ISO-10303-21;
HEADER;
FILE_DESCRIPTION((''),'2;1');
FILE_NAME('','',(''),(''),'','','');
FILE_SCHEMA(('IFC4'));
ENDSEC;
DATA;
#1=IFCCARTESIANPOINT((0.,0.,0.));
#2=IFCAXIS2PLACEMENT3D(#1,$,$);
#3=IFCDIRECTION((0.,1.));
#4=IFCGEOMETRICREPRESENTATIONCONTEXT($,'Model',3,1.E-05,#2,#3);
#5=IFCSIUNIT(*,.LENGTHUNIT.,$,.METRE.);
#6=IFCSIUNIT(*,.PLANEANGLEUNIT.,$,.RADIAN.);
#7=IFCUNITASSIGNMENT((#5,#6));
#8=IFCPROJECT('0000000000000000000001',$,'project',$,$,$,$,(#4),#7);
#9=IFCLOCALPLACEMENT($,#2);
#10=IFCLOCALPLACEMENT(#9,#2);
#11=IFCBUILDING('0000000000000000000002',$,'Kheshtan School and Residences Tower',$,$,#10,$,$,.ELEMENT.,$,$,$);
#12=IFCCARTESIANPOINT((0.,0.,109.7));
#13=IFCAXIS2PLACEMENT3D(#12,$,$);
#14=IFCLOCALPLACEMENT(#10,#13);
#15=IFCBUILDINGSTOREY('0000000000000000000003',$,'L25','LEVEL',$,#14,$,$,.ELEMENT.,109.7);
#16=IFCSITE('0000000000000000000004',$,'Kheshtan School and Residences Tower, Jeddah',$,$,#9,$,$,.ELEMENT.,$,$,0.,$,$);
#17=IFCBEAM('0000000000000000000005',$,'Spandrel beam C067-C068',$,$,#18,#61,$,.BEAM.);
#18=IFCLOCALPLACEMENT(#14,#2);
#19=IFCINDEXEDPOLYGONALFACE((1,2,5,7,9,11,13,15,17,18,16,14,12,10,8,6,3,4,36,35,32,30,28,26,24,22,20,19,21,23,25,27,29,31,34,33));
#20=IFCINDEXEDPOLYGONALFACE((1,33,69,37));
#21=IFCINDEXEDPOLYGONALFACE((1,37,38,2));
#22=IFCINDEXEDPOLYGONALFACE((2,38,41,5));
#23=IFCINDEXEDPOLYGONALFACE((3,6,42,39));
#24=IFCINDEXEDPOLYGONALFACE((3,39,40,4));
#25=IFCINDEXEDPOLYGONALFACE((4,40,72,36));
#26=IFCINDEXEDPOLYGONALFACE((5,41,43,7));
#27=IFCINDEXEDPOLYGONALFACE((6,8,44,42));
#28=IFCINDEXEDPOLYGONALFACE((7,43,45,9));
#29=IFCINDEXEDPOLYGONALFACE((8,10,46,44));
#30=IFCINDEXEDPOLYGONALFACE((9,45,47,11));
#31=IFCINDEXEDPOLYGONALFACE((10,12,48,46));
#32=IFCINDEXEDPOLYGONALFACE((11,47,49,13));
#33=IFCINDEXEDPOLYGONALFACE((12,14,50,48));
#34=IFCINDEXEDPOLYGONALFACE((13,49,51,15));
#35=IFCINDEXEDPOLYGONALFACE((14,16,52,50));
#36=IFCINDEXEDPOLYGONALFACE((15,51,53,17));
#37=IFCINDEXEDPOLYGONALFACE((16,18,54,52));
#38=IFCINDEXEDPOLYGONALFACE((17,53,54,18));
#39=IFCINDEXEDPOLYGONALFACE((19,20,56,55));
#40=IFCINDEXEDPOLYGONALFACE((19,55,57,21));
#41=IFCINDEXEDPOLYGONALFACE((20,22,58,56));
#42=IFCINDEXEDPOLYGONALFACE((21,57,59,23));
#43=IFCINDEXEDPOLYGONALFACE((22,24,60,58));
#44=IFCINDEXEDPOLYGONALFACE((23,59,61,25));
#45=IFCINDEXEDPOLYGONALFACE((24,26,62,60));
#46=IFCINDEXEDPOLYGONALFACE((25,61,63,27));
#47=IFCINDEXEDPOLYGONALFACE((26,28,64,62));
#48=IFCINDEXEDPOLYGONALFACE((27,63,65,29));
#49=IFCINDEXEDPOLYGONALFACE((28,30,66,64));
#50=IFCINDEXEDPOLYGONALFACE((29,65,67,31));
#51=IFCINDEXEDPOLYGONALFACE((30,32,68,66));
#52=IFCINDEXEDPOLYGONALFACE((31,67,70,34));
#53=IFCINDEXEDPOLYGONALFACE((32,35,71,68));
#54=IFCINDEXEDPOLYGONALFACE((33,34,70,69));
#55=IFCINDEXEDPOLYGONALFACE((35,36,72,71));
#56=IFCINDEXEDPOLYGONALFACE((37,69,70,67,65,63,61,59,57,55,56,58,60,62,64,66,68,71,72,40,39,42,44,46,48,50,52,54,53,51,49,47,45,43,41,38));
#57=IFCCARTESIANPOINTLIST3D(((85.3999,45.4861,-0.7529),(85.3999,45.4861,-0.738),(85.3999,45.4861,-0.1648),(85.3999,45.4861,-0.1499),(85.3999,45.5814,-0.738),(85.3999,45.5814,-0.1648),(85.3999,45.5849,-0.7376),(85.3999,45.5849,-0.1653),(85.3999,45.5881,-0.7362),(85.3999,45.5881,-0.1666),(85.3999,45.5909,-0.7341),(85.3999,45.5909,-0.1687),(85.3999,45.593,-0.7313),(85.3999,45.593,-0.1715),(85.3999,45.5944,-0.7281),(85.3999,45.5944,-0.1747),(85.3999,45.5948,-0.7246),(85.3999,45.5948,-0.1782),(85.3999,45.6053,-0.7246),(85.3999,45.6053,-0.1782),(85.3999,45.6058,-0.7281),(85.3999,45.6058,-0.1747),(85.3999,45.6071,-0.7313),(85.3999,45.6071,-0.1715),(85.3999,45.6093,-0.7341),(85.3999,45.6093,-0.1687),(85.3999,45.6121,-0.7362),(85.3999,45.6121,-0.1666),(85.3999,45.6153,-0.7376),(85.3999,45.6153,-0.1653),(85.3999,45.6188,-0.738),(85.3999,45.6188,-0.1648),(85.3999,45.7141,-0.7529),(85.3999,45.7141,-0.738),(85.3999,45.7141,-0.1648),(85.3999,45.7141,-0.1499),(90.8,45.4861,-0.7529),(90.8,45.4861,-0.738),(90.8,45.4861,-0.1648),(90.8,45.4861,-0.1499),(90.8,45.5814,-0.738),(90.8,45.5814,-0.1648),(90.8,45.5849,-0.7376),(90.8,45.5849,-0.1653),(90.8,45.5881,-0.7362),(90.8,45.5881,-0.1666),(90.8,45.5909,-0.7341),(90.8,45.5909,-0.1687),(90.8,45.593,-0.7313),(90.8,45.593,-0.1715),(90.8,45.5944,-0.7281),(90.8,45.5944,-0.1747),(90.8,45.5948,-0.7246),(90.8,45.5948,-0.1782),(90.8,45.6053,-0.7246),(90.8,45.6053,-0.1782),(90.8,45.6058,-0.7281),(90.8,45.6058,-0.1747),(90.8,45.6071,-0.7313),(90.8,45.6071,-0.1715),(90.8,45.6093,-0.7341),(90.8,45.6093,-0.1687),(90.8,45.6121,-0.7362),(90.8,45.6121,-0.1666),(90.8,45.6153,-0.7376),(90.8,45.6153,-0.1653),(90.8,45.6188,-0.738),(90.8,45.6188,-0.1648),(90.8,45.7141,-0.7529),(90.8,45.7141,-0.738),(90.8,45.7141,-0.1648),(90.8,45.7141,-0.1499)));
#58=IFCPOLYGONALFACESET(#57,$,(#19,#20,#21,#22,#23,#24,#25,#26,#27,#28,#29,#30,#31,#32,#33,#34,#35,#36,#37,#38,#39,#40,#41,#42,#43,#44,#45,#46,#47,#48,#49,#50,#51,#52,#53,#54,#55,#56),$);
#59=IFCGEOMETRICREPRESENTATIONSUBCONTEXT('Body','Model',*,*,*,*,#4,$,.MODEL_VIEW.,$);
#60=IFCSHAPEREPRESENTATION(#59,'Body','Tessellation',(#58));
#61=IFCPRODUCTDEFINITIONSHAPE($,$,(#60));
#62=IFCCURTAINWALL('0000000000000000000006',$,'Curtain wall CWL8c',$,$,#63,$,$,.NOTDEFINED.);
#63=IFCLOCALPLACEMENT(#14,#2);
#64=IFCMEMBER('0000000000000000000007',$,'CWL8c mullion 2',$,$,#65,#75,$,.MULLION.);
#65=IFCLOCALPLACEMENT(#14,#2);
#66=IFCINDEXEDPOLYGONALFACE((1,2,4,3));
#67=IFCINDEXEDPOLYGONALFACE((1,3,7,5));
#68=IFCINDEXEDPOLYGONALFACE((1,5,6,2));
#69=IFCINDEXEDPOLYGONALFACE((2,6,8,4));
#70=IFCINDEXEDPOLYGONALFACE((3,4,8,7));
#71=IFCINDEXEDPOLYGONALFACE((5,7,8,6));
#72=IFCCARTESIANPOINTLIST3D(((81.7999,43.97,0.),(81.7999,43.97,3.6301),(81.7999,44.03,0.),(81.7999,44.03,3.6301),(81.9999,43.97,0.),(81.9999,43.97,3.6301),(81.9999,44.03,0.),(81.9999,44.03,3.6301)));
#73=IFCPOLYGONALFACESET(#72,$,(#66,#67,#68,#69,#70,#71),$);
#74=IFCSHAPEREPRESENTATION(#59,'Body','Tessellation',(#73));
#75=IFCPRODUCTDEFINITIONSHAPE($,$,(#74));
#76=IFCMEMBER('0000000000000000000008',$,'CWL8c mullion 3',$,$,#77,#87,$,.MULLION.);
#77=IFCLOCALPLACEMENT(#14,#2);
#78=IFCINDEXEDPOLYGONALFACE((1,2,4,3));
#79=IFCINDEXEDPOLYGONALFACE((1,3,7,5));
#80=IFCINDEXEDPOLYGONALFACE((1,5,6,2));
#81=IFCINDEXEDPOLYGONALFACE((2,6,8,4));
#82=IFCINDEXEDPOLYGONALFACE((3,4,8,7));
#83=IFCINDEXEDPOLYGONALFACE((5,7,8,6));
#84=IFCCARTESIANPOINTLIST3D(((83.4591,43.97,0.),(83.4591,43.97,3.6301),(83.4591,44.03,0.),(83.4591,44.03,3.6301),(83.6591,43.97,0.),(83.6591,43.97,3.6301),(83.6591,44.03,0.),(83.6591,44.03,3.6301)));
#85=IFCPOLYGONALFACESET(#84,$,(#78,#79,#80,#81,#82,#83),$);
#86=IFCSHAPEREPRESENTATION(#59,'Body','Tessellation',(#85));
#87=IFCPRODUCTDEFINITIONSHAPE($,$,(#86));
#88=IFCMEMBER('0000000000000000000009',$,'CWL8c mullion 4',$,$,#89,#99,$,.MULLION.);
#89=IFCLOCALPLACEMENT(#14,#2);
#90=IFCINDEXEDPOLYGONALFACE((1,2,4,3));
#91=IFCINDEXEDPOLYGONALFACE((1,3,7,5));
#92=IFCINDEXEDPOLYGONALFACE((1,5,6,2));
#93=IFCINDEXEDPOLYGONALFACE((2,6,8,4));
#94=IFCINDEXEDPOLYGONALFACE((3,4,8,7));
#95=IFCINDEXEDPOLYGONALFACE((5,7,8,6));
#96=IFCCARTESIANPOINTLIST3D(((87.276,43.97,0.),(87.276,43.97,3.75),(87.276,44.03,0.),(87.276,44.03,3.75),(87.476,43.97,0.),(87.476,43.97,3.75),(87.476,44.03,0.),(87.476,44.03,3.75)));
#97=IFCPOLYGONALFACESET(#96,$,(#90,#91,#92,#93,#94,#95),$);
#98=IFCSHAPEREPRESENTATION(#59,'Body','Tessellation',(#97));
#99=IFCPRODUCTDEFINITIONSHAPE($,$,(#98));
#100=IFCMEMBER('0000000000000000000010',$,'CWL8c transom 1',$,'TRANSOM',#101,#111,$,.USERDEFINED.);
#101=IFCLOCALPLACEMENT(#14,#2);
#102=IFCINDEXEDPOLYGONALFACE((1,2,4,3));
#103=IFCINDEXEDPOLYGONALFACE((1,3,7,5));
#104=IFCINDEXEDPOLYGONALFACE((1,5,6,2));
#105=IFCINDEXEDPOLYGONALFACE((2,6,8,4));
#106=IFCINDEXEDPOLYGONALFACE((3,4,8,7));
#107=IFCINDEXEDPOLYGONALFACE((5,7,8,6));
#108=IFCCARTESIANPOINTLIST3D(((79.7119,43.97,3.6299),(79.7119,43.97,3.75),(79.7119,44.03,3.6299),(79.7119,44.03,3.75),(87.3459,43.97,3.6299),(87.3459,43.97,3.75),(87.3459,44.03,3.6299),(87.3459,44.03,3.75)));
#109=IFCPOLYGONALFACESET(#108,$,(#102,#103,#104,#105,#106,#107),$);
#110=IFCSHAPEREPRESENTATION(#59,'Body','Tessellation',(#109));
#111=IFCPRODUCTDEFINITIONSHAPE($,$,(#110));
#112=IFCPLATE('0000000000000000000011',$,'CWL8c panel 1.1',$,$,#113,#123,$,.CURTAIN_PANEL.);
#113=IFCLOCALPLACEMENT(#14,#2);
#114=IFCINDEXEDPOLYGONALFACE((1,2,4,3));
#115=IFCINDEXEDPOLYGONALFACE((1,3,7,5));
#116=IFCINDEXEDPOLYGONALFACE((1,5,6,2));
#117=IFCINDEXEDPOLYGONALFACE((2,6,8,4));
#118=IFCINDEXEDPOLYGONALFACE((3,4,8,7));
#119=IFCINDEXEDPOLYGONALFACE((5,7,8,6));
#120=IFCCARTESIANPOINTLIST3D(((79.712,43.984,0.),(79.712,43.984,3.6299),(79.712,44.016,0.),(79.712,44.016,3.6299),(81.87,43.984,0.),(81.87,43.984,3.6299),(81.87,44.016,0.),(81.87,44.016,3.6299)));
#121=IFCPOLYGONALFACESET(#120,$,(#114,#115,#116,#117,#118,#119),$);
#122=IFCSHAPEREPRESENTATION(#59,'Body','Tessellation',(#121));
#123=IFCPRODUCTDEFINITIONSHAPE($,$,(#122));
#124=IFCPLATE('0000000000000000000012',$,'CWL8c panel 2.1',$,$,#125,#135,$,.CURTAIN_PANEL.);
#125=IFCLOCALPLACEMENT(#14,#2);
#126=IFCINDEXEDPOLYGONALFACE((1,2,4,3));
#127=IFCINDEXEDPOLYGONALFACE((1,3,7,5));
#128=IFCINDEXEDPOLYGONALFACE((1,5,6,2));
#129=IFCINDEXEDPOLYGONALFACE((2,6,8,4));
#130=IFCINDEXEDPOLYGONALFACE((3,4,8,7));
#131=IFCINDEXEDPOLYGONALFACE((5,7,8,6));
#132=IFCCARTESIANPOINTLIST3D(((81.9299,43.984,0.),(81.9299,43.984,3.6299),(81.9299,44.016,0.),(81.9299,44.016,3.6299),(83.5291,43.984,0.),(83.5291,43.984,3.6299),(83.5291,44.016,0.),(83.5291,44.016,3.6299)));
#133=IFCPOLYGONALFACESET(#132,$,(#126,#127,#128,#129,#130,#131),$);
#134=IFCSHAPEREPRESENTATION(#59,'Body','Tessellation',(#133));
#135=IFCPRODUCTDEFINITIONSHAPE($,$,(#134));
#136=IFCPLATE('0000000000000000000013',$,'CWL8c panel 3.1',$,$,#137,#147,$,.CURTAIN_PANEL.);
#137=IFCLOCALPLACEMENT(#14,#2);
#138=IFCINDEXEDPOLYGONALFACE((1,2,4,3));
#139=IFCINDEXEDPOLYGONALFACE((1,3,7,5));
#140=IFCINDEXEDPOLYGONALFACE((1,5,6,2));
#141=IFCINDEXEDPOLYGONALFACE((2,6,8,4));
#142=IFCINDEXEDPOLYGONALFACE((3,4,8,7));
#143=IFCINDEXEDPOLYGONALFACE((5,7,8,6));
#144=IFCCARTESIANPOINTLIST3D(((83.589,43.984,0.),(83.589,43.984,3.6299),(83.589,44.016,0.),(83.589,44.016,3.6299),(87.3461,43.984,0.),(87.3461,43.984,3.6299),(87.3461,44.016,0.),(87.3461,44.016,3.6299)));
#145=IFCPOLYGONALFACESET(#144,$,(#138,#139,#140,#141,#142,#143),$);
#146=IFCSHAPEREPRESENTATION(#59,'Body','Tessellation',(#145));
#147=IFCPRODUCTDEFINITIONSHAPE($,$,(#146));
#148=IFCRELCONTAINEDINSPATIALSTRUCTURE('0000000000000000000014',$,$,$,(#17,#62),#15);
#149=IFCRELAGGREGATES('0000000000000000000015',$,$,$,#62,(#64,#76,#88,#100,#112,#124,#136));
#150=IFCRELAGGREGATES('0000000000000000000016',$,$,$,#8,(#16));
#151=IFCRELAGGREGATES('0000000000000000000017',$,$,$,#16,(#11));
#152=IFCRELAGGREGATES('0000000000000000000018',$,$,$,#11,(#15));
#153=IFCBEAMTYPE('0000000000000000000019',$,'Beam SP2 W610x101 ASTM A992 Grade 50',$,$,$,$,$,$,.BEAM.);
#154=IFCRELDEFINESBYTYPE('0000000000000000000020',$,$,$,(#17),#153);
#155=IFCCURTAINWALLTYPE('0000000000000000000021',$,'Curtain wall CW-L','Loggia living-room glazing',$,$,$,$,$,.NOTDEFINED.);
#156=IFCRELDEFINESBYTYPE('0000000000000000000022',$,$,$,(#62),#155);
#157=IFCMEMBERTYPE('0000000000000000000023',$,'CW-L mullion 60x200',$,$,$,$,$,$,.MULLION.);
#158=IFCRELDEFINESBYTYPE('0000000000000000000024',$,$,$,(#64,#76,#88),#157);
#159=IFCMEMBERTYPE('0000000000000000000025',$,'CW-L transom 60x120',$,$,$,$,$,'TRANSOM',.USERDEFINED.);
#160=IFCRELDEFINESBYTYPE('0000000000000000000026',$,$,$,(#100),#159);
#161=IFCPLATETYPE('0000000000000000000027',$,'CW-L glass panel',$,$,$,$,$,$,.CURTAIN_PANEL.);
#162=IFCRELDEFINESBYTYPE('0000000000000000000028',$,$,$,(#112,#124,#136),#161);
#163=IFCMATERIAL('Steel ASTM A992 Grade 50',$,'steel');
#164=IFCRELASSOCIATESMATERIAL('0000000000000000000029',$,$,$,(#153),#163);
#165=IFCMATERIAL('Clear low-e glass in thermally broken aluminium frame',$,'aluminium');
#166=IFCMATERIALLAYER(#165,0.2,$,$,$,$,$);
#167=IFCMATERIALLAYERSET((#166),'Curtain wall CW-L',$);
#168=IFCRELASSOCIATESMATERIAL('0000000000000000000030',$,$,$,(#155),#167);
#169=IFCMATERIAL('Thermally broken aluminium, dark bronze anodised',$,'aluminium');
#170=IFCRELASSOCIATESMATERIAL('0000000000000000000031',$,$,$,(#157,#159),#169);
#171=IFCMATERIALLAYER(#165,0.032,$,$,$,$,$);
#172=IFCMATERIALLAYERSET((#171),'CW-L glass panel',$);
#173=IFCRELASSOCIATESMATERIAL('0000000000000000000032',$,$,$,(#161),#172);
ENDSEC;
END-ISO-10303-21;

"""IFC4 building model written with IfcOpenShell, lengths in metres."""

from ifc_helpers import new_model, si_unit, direction, frame, origin, origin_2d, place, context, subcontext, project, spatial, rectangle, i_section, extrude, material, layer, layer_set, material_profile, profile_set, type_object, element, aggregate, save


model = new_model("IFC4")

# Units and contexts
model_context = context("Model", 3, precision=1e-05, world=origin(), true_north=direction((0.0, 1.0)))
body_context = subcontext(model_context, "Body", "Model", "MODEL_VIEW")
ifc_project = project(units=[si_unit("LENGTHUNIT", "METRE"), si_unit("PLANEANGLEUNIT", "RADIAN")], contexts=[model_context])

# Site, building, storey
site_placement = place(None, origin())
site = spatial("IfcSite", under=ifc_project, at=site_placement, Name="Kheshtan School and Residences Tower, Jeddah", CompositionType="ELEMENT", RefElevation=0.0)
building_placement = place(site_placement, origin())
building = spatial("IfcBuilding", under=site, at=building_placement, Name="Kheshtan School and Residences Tower", CompositionType="ELEMENT")
storey_placement = place(building_placement, frame((0.0, 0.0, 109.7)))
storey = spatial("IfcBuildingStorey", under=building, at=storey_placement, Name="L25", Description="LEVEL", CompositionType="ELEMENT", Elevation=109.7)

# Shared definitions
ifc_material_1 = material(Name="Steel ASTM A992 Grade 50", Category="steel")

# Beam
ifc_material_profile_1 = material_profile(ifc_material_1, i_section(OverallWidth=0.228, OverallDepth=0.603, WebThickness=0.0105, FlangeThickness=0.0149, FilletRadius=0.0134, at=origin_2d()), Name="W610x101")
ifc_profile_set_1 = profile_set([ifc_material_profile_1], Name="Steel ASTM A992 Grade 50")
beam_type_1 = type_object("IfcBeamType", Name="Beam SP2 W610x101 ASTM A992 Grade 50", PredefinedType="BEAM", material=ifc_profile_set_1)
beam_1_placement = place(storey_placement, frame((85.3999, 45.6001, -0.4514), z_axis=(1.0, 0.0, 0.0), x_axis=(0.0, 1.0, 0.0)))
element("IfcBeam", 1, at=beam_1_placement, inside=storey, type_object=beam_type_1, Name="Spandrel beam C067-C068", PredefinedType="BEAM", context=body_context, shape_type="SweptSolid", body=[
    extrude(i_section(OverallWidth=0.228, OverallDepth=0.603, WebThickness=0.0105, FlangeThickness=0.0149, FilletRadius=0.0134, at=origin_2d()), origin(), (0.0, 0.0, 1.0), 5.4001),
])

# Curtain wall, members, plates
ifc_material_2 = material(Name="Clear low-e glass in thermally broken aluminium frame", Category="aluminium")
ifc_layer_1 = layer(ifc_material_2, 0.2)
ifc_layer_set_1 = layer_set([ifc_layer_1], Name="Curtain wall CW-L")
curtain_wall_type = type_object("IfcCurtainWallType", Name="Curtain wall CW-L", Description="Loggia living-room glazing", PredefinedType="NOTDEFINED", material=ifc_layer_set_1)
curtain_wall_placement = place(storey_placement, origin())
curtain_wall = element("IfcCurtainWall", 2, at=curtain_wall_placement, inside=storey, type_object=curtain_wall_type, Name="Curtain wall CWL8c", PredefinedType="NOTDEFINED")
ifc_material_3 = material(Name="Thermally broken aluminium, dark bronze anodised", Category="aluminium")
ifc_material_profile_2 = material_profile(ifc_material_3, rectangle(XDim=0.0601, YDim=0.2, at=origin_2d()), Name="CW-L mullion 60x200")
ifc_profile_set_2 = profile_set([ifc_material_profile_2], Name="Thermally broken aluminium, dark bronze anodised")
member_type_1 = type_object("IfcMemberType", Name="CW-L mullion 60x200", PredefinedType="MULLION", material=ifc_profile_set_2)
member_1_placement = place(storey_placement, frame((81.8999, 44.0, 0.0), z_axis=(0.0, 0.0, 1.0), x_axis=(0.0, 1.0, 0.0)))
member_1 = element("IfcMember", 3, at=member_1_placement, type_object=member_type_1, Name="CWL8c mullion 2", PredefinedType="MULLION", context=body_context, shape_type="SweptSolid", body=[
    extrude(rectangle(XDim=0.0601, YDim=0.2, at=origin_2d()), origin(), (0.0, 0.0, 1.0), 3.6301),
])
member_2_placement = place(storey_placement, frame((83.5591, 44.0, 0.0), z_axis=(0.0, 0.0, 1.0), x_axis=(0.0, 1.0, 0.0)))
member_2 = element("IfcMember", 4, at=member_2_placement, type_object=member_type_1, Name="CWL8c mullion 3", PredefinedType="MULLION", context=body_context, shape_type="SweptSolid", body=[
    extrude(rectangle(XDim=0.0601, YDim=0.2, at=origin_2d()), origin(), (0.0, 0.0, 1.0), 3.6301),
])
member_3_placement = place(storey_placement, frame((87.376, 44.0, 0.0), z_axis=(0.0, 0.0, 1.0), x_axis=(0.0, 1.0, 0.0)))
member_3 = element("IfcMember", 5, at=member_3_placement, type_object=member_type_1, Name="CWL8c mullion 4", PredefinedType="MULLION", context=body_context, shape_type="SweptSolid", body=[
    extrude(rectangle(XDim=0.0601, YDim=0.2, at=origin_2d()), origin(), (0.0, 0.0, 1.0), 3.75),
])
ifc_material_profile_3 = material_profile(ifc_material_3, rectangle(XDim=0.0601, YDim=0.1201, at=origin_2d()), Name="CW-L transom 60x120")
ifc_profile_set_3 = profile_set([ifc_material_profile_3], Name="Thermally broken aluminium, dark bronze anodised")
member_type_2 = type_object("IfcMemberType", Name="CW-L transom 60x120", ElementType="TRANSOM", PredefinedType="USERDEFINED", material=ifc_profile_set_3)
member_4_placement = place(storey_placement, frame((79.7119, 44.0, 3.6899), z_axis=(1.0, 0.0, 0.0), x_axis=(0.0, 1.0, 0.0)))
member_4 = element("IfcMember", 6, at=member_4_placement, type_object=member_type_2, Name="CWL8c transom 1", ObjectType="TRANSOM", PredefinedType="USERDEFINED", context=body_context, shape_type="SweptSolid", body=[
    extrude(rectangle(XDim=0.0601, YDim=0.1201, at=origin_2d()), origin(), (0.0, 0.0, 1.0), 7.634),
])
ifc_layer_2 = layer(ifc_material_2, 0.032)
ifc_layer_set_2 = layer_set([ifc_layer_2], Name="CW-L glass panel")
plate_type = type_object("IfcPlateType", Name="CW-L glass panel", PredefinedType="CURTAIN_PANEL", material=ifc_layer_set_2)
plate_1_placement = place(storey_placement, frame((80.791, 44.0, 0.0), z_axis=(0.0, 0.0, 1.0), x_axis=(1.0, 0.0, 0.0)))
plate_1 = element("IfcPlate", 7, at=plate_1_placement, type_object=plate_type, Name="CWL8c panel 1.1", PredefinedType="CURTAIN_PANEL", context=body_context, shape_type="SweptSolid", body=[
    extrude(rectangle(XDim=2.158, YDim=0.032, at=origin_2d()), origin(), (0.0, 0.0, 1.0), 3.6299),
])
plate_2_placement = place(storey_placement, frame((82.7295, 44.0, 0.0), z_axis=(0.0, 0.0, 1.0), x_axis=(1.0, 0.0, 0.0)))
plate_2 = element("IfcPlate", 8, at=plate_2_placement, type_object=plate_type, Name="CWL8c panel 2.1", PredefinedType="CURTAIN_PANEL", context=body_context, shape_type="SweptSolid", body=[
    extrude(rectangle(XDim=1.5991, YDim=0.032, at=origin_2d()), origin(), (0.0, 0.0, 1.0), 3.6299),
])
plate_3_placement = place(storey_placement, frame((85.4675, 44.0, 0.0), z_axis=(0.0, 0.0, 1.0), x_axis=(1.0, 0.0, 0.0)))
plate_3 = element("IfcPlate", 9, at=plate_3_placement, type_object=plate_type, Name="CWL8c panel 3.1", PredefinedType="CURTAIN_PANEL", context=body_context, shape_type="SweptSolid", body=[
    extrude(rectangle(XDim=3.7571, YDim=0.032, at=origin_2d()), origin(), (0.0, 0.0, 1.0), 3.6299),
])
aggregate(curtain_wall, [member_1, member_2, member_3, member_4, plate_1, plate_2, plate_3])

save(model, "model.ifc")
